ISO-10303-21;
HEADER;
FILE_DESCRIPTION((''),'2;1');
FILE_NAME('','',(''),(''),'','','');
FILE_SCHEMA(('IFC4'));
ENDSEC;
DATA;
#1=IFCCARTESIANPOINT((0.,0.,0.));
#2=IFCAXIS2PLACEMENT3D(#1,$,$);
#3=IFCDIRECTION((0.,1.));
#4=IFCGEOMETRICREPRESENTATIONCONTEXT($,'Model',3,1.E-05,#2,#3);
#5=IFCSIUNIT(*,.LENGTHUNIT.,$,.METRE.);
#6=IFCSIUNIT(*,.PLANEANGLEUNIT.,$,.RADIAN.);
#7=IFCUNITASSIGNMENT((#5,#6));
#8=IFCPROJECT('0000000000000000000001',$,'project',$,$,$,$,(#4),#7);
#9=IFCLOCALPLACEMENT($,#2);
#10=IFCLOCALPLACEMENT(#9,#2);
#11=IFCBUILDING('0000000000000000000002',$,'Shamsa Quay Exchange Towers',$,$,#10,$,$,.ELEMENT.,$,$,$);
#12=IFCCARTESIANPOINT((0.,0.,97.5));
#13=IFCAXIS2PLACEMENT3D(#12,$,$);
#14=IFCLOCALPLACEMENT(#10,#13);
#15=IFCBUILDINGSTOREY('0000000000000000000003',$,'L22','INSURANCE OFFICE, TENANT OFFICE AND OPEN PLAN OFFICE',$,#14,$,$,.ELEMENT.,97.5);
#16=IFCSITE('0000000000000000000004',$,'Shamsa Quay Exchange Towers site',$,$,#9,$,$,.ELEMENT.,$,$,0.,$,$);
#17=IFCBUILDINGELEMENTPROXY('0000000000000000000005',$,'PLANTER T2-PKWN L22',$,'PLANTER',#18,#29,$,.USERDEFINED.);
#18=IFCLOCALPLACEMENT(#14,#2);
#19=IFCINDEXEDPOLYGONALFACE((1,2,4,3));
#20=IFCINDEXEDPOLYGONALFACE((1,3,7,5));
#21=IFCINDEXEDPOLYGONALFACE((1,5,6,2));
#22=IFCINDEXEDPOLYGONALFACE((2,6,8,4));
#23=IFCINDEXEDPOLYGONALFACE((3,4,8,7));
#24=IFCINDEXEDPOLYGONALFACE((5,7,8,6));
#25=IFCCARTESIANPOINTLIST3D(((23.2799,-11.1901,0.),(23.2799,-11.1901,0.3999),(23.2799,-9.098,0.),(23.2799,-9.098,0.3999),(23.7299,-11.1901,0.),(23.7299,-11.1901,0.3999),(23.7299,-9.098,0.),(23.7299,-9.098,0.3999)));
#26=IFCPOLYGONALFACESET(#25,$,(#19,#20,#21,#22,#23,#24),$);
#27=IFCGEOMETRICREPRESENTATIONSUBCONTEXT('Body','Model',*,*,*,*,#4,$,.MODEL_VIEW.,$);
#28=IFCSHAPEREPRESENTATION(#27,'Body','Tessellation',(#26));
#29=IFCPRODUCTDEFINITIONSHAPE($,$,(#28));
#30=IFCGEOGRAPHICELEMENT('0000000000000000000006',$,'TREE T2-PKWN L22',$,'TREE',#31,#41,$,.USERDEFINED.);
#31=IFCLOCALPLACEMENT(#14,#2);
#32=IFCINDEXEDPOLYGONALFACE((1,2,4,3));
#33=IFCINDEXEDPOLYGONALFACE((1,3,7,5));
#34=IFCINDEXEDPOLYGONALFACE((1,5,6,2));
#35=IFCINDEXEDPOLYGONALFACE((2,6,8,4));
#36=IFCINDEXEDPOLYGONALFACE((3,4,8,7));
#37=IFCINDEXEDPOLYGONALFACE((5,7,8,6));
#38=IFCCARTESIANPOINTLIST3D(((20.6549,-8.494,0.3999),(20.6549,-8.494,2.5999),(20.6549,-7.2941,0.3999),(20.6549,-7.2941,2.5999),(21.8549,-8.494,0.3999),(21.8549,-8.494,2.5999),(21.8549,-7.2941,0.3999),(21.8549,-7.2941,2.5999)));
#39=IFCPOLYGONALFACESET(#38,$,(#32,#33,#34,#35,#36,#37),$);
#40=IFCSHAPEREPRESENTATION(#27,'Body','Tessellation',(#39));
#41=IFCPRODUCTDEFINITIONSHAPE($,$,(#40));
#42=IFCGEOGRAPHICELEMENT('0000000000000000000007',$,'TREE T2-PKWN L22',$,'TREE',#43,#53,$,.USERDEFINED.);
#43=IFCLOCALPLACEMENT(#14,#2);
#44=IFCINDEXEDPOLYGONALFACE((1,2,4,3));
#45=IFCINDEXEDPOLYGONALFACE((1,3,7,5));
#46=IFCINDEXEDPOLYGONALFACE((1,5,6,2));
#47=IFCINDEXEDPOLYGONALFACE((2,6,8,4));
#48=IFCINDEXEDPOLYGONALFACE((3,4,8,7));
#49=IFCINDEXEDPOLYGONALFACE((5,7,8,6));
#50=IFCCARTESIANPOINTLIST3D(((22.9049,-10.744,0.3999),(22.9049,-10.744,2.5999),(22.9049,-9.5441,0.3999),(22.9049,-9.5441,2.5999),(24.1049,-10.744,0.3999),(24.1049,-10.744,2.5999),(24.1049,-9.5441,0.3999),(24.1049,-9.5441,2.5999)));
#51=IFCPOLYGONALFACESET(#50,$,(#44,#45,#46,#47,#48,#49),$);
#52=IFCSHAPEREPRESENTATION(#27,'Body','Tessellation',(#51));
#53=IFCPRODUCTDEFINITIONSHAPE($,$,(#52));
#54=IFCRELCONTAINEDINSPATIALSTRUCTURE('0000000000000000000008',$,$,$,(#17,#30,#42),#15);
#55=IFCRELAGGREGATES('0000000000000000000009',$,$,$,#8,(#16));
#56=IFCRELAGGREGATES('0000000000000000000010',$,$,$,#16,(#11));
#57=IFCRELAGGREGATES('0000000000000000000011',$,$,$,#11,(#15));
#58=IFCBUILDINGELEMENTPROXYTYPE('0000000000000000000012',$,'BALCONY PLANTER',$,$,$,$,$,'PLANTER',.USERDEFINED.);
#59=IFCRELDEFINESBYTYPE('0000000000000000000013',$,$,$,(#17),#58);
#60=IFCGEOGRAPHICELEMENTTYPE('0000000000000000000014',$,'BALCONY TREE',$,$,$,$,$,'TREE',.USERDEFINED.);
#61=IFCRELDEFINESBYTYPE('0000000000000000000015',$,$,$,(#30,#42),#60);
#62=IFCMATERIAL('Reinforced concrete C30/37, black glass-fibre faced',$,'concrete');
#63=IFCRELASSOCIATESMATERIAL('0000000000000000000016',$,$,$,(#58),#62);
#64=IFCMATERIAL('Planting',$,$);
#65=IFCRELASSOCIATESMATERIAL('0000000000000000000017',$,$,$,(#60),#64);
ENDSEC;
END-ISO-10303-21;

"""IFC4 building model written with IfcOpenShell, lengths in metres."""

from ifc_helpers import new_model, si_unit, direction, frame, origin, origin_2d, place, context, subcontext, project, spatial, rectangle, extrude, material, type_object, element, save


model = new_model("IFC4")

# Units and contexts
model_context = context("Model", 3, precision=1e-05, world=origin(), true_north=direction((0.0, 1.0)))
body_context = subcontext(model_context, "Body", "Model", "MODEL_VIEW")
ifc_project = project(units=[si_unit("LENGTHUNIT", "METRE"), si_unit("PLANEANGLEUNIT", "RADIAN")], contexts=[model_context])

# Site, building, storey
site_placement = place(None, origin())
site = spatial("IfcSite", under=ifc_project, at=site_placement, Name="Shamsa Quay Exchange Towers site", CompositionType="ELEMENT", RefElevation=0.0)
building_placement = place(site_placement, origin())
building = spatial("IfcBuilding", under=site, at=building_placement, Name="Shamsa Quay Exchange Towers", CompositionType="ELEMENT")
storey_placement = place(building_placement, frame((0.0, 0.0, 97.5)))
storey = spatial("IfcBuildingStorey", under=building, at=storey_placement, Name="L22", Description="INSURANCE OFFICE, TENANT OFFICE AND OPEN PLAN OFFICE", CompositionType="ELEMENT", Elevation=97.5)

# Building element proxy
ifc_material_1 = material(Name="Reinforced concrete C30/37, black glass-fibre faced", Category="concrete")
building_element_proxy_type = type_object("IfcBuildingElementProxyType", Name="BALCONY PLANTER", ElementType="PLANTER", PredefinedType="USERDEFINED", material=ifc_material_1)
for number, where, z_axis, x_axis, name in (
    (1, (23.5049, -10.144, 0.0), (0.0, 0.0, 1.0), (0.0, -1.0, 0.0), "PLANTER T2-PKWN L22"),
):
    element("IfcBuildingElementProxy", number, at=place(storey_placement, frame(where, z_axis=z_axis, x_axis=x_axis)), inside=storey, type_object=building_element_proxy_type, Name=name, ObjectType="PLANTER", PredefinedType="USERDEFINED", context=body_context, shape_type="SweptSolid", body=[
        extrude(rectangle(XDim=2.092, YDim=0.45, at=origin_2d()), origin(), (0.0, 0.0, 1.0), 0.3999),
    ])

# Geographic elements
ifc_material_2 = material(Name="Planting")
geographic_element_type = type_object("IfcGeographicElementType", Name="BALCONY TREE", ElementType="TREE", PredefinedType="USERDEFINED", material=ifc_material_2)
for number, where, z_axis, x_axis, name in (
    (2, (21.2549, -7.894, 0.3999), (0.0, 0.0, 1.0), (0.0, -1.0, 0.0), "TREE T2-PKWN L22"),
    (3, (23.5049, -10.144, 0.3999), (0.0, 0.0, 1.0), (0.0, -1.0, 0.0), "TREE T2-PKWN L22"),
):
    element("IfcGeographicElement", number, at=place(storey_placement, frame(where, z_axis=z_axis, x_axis=x_axis)), inside=storey, type_object=geographic_element_type, Name=name, ObjectType="TREE", PredefinedType="USERDEFINED", context=body_context, shape_type="SweptSolid", body=[
        extrude(rectangle(XDim=1.2, YDim=1.2, at=origin_2d()), origin(), (0.0, 0.0, 1.0), 2.2),
    ])

save(model, "model.ifc")
